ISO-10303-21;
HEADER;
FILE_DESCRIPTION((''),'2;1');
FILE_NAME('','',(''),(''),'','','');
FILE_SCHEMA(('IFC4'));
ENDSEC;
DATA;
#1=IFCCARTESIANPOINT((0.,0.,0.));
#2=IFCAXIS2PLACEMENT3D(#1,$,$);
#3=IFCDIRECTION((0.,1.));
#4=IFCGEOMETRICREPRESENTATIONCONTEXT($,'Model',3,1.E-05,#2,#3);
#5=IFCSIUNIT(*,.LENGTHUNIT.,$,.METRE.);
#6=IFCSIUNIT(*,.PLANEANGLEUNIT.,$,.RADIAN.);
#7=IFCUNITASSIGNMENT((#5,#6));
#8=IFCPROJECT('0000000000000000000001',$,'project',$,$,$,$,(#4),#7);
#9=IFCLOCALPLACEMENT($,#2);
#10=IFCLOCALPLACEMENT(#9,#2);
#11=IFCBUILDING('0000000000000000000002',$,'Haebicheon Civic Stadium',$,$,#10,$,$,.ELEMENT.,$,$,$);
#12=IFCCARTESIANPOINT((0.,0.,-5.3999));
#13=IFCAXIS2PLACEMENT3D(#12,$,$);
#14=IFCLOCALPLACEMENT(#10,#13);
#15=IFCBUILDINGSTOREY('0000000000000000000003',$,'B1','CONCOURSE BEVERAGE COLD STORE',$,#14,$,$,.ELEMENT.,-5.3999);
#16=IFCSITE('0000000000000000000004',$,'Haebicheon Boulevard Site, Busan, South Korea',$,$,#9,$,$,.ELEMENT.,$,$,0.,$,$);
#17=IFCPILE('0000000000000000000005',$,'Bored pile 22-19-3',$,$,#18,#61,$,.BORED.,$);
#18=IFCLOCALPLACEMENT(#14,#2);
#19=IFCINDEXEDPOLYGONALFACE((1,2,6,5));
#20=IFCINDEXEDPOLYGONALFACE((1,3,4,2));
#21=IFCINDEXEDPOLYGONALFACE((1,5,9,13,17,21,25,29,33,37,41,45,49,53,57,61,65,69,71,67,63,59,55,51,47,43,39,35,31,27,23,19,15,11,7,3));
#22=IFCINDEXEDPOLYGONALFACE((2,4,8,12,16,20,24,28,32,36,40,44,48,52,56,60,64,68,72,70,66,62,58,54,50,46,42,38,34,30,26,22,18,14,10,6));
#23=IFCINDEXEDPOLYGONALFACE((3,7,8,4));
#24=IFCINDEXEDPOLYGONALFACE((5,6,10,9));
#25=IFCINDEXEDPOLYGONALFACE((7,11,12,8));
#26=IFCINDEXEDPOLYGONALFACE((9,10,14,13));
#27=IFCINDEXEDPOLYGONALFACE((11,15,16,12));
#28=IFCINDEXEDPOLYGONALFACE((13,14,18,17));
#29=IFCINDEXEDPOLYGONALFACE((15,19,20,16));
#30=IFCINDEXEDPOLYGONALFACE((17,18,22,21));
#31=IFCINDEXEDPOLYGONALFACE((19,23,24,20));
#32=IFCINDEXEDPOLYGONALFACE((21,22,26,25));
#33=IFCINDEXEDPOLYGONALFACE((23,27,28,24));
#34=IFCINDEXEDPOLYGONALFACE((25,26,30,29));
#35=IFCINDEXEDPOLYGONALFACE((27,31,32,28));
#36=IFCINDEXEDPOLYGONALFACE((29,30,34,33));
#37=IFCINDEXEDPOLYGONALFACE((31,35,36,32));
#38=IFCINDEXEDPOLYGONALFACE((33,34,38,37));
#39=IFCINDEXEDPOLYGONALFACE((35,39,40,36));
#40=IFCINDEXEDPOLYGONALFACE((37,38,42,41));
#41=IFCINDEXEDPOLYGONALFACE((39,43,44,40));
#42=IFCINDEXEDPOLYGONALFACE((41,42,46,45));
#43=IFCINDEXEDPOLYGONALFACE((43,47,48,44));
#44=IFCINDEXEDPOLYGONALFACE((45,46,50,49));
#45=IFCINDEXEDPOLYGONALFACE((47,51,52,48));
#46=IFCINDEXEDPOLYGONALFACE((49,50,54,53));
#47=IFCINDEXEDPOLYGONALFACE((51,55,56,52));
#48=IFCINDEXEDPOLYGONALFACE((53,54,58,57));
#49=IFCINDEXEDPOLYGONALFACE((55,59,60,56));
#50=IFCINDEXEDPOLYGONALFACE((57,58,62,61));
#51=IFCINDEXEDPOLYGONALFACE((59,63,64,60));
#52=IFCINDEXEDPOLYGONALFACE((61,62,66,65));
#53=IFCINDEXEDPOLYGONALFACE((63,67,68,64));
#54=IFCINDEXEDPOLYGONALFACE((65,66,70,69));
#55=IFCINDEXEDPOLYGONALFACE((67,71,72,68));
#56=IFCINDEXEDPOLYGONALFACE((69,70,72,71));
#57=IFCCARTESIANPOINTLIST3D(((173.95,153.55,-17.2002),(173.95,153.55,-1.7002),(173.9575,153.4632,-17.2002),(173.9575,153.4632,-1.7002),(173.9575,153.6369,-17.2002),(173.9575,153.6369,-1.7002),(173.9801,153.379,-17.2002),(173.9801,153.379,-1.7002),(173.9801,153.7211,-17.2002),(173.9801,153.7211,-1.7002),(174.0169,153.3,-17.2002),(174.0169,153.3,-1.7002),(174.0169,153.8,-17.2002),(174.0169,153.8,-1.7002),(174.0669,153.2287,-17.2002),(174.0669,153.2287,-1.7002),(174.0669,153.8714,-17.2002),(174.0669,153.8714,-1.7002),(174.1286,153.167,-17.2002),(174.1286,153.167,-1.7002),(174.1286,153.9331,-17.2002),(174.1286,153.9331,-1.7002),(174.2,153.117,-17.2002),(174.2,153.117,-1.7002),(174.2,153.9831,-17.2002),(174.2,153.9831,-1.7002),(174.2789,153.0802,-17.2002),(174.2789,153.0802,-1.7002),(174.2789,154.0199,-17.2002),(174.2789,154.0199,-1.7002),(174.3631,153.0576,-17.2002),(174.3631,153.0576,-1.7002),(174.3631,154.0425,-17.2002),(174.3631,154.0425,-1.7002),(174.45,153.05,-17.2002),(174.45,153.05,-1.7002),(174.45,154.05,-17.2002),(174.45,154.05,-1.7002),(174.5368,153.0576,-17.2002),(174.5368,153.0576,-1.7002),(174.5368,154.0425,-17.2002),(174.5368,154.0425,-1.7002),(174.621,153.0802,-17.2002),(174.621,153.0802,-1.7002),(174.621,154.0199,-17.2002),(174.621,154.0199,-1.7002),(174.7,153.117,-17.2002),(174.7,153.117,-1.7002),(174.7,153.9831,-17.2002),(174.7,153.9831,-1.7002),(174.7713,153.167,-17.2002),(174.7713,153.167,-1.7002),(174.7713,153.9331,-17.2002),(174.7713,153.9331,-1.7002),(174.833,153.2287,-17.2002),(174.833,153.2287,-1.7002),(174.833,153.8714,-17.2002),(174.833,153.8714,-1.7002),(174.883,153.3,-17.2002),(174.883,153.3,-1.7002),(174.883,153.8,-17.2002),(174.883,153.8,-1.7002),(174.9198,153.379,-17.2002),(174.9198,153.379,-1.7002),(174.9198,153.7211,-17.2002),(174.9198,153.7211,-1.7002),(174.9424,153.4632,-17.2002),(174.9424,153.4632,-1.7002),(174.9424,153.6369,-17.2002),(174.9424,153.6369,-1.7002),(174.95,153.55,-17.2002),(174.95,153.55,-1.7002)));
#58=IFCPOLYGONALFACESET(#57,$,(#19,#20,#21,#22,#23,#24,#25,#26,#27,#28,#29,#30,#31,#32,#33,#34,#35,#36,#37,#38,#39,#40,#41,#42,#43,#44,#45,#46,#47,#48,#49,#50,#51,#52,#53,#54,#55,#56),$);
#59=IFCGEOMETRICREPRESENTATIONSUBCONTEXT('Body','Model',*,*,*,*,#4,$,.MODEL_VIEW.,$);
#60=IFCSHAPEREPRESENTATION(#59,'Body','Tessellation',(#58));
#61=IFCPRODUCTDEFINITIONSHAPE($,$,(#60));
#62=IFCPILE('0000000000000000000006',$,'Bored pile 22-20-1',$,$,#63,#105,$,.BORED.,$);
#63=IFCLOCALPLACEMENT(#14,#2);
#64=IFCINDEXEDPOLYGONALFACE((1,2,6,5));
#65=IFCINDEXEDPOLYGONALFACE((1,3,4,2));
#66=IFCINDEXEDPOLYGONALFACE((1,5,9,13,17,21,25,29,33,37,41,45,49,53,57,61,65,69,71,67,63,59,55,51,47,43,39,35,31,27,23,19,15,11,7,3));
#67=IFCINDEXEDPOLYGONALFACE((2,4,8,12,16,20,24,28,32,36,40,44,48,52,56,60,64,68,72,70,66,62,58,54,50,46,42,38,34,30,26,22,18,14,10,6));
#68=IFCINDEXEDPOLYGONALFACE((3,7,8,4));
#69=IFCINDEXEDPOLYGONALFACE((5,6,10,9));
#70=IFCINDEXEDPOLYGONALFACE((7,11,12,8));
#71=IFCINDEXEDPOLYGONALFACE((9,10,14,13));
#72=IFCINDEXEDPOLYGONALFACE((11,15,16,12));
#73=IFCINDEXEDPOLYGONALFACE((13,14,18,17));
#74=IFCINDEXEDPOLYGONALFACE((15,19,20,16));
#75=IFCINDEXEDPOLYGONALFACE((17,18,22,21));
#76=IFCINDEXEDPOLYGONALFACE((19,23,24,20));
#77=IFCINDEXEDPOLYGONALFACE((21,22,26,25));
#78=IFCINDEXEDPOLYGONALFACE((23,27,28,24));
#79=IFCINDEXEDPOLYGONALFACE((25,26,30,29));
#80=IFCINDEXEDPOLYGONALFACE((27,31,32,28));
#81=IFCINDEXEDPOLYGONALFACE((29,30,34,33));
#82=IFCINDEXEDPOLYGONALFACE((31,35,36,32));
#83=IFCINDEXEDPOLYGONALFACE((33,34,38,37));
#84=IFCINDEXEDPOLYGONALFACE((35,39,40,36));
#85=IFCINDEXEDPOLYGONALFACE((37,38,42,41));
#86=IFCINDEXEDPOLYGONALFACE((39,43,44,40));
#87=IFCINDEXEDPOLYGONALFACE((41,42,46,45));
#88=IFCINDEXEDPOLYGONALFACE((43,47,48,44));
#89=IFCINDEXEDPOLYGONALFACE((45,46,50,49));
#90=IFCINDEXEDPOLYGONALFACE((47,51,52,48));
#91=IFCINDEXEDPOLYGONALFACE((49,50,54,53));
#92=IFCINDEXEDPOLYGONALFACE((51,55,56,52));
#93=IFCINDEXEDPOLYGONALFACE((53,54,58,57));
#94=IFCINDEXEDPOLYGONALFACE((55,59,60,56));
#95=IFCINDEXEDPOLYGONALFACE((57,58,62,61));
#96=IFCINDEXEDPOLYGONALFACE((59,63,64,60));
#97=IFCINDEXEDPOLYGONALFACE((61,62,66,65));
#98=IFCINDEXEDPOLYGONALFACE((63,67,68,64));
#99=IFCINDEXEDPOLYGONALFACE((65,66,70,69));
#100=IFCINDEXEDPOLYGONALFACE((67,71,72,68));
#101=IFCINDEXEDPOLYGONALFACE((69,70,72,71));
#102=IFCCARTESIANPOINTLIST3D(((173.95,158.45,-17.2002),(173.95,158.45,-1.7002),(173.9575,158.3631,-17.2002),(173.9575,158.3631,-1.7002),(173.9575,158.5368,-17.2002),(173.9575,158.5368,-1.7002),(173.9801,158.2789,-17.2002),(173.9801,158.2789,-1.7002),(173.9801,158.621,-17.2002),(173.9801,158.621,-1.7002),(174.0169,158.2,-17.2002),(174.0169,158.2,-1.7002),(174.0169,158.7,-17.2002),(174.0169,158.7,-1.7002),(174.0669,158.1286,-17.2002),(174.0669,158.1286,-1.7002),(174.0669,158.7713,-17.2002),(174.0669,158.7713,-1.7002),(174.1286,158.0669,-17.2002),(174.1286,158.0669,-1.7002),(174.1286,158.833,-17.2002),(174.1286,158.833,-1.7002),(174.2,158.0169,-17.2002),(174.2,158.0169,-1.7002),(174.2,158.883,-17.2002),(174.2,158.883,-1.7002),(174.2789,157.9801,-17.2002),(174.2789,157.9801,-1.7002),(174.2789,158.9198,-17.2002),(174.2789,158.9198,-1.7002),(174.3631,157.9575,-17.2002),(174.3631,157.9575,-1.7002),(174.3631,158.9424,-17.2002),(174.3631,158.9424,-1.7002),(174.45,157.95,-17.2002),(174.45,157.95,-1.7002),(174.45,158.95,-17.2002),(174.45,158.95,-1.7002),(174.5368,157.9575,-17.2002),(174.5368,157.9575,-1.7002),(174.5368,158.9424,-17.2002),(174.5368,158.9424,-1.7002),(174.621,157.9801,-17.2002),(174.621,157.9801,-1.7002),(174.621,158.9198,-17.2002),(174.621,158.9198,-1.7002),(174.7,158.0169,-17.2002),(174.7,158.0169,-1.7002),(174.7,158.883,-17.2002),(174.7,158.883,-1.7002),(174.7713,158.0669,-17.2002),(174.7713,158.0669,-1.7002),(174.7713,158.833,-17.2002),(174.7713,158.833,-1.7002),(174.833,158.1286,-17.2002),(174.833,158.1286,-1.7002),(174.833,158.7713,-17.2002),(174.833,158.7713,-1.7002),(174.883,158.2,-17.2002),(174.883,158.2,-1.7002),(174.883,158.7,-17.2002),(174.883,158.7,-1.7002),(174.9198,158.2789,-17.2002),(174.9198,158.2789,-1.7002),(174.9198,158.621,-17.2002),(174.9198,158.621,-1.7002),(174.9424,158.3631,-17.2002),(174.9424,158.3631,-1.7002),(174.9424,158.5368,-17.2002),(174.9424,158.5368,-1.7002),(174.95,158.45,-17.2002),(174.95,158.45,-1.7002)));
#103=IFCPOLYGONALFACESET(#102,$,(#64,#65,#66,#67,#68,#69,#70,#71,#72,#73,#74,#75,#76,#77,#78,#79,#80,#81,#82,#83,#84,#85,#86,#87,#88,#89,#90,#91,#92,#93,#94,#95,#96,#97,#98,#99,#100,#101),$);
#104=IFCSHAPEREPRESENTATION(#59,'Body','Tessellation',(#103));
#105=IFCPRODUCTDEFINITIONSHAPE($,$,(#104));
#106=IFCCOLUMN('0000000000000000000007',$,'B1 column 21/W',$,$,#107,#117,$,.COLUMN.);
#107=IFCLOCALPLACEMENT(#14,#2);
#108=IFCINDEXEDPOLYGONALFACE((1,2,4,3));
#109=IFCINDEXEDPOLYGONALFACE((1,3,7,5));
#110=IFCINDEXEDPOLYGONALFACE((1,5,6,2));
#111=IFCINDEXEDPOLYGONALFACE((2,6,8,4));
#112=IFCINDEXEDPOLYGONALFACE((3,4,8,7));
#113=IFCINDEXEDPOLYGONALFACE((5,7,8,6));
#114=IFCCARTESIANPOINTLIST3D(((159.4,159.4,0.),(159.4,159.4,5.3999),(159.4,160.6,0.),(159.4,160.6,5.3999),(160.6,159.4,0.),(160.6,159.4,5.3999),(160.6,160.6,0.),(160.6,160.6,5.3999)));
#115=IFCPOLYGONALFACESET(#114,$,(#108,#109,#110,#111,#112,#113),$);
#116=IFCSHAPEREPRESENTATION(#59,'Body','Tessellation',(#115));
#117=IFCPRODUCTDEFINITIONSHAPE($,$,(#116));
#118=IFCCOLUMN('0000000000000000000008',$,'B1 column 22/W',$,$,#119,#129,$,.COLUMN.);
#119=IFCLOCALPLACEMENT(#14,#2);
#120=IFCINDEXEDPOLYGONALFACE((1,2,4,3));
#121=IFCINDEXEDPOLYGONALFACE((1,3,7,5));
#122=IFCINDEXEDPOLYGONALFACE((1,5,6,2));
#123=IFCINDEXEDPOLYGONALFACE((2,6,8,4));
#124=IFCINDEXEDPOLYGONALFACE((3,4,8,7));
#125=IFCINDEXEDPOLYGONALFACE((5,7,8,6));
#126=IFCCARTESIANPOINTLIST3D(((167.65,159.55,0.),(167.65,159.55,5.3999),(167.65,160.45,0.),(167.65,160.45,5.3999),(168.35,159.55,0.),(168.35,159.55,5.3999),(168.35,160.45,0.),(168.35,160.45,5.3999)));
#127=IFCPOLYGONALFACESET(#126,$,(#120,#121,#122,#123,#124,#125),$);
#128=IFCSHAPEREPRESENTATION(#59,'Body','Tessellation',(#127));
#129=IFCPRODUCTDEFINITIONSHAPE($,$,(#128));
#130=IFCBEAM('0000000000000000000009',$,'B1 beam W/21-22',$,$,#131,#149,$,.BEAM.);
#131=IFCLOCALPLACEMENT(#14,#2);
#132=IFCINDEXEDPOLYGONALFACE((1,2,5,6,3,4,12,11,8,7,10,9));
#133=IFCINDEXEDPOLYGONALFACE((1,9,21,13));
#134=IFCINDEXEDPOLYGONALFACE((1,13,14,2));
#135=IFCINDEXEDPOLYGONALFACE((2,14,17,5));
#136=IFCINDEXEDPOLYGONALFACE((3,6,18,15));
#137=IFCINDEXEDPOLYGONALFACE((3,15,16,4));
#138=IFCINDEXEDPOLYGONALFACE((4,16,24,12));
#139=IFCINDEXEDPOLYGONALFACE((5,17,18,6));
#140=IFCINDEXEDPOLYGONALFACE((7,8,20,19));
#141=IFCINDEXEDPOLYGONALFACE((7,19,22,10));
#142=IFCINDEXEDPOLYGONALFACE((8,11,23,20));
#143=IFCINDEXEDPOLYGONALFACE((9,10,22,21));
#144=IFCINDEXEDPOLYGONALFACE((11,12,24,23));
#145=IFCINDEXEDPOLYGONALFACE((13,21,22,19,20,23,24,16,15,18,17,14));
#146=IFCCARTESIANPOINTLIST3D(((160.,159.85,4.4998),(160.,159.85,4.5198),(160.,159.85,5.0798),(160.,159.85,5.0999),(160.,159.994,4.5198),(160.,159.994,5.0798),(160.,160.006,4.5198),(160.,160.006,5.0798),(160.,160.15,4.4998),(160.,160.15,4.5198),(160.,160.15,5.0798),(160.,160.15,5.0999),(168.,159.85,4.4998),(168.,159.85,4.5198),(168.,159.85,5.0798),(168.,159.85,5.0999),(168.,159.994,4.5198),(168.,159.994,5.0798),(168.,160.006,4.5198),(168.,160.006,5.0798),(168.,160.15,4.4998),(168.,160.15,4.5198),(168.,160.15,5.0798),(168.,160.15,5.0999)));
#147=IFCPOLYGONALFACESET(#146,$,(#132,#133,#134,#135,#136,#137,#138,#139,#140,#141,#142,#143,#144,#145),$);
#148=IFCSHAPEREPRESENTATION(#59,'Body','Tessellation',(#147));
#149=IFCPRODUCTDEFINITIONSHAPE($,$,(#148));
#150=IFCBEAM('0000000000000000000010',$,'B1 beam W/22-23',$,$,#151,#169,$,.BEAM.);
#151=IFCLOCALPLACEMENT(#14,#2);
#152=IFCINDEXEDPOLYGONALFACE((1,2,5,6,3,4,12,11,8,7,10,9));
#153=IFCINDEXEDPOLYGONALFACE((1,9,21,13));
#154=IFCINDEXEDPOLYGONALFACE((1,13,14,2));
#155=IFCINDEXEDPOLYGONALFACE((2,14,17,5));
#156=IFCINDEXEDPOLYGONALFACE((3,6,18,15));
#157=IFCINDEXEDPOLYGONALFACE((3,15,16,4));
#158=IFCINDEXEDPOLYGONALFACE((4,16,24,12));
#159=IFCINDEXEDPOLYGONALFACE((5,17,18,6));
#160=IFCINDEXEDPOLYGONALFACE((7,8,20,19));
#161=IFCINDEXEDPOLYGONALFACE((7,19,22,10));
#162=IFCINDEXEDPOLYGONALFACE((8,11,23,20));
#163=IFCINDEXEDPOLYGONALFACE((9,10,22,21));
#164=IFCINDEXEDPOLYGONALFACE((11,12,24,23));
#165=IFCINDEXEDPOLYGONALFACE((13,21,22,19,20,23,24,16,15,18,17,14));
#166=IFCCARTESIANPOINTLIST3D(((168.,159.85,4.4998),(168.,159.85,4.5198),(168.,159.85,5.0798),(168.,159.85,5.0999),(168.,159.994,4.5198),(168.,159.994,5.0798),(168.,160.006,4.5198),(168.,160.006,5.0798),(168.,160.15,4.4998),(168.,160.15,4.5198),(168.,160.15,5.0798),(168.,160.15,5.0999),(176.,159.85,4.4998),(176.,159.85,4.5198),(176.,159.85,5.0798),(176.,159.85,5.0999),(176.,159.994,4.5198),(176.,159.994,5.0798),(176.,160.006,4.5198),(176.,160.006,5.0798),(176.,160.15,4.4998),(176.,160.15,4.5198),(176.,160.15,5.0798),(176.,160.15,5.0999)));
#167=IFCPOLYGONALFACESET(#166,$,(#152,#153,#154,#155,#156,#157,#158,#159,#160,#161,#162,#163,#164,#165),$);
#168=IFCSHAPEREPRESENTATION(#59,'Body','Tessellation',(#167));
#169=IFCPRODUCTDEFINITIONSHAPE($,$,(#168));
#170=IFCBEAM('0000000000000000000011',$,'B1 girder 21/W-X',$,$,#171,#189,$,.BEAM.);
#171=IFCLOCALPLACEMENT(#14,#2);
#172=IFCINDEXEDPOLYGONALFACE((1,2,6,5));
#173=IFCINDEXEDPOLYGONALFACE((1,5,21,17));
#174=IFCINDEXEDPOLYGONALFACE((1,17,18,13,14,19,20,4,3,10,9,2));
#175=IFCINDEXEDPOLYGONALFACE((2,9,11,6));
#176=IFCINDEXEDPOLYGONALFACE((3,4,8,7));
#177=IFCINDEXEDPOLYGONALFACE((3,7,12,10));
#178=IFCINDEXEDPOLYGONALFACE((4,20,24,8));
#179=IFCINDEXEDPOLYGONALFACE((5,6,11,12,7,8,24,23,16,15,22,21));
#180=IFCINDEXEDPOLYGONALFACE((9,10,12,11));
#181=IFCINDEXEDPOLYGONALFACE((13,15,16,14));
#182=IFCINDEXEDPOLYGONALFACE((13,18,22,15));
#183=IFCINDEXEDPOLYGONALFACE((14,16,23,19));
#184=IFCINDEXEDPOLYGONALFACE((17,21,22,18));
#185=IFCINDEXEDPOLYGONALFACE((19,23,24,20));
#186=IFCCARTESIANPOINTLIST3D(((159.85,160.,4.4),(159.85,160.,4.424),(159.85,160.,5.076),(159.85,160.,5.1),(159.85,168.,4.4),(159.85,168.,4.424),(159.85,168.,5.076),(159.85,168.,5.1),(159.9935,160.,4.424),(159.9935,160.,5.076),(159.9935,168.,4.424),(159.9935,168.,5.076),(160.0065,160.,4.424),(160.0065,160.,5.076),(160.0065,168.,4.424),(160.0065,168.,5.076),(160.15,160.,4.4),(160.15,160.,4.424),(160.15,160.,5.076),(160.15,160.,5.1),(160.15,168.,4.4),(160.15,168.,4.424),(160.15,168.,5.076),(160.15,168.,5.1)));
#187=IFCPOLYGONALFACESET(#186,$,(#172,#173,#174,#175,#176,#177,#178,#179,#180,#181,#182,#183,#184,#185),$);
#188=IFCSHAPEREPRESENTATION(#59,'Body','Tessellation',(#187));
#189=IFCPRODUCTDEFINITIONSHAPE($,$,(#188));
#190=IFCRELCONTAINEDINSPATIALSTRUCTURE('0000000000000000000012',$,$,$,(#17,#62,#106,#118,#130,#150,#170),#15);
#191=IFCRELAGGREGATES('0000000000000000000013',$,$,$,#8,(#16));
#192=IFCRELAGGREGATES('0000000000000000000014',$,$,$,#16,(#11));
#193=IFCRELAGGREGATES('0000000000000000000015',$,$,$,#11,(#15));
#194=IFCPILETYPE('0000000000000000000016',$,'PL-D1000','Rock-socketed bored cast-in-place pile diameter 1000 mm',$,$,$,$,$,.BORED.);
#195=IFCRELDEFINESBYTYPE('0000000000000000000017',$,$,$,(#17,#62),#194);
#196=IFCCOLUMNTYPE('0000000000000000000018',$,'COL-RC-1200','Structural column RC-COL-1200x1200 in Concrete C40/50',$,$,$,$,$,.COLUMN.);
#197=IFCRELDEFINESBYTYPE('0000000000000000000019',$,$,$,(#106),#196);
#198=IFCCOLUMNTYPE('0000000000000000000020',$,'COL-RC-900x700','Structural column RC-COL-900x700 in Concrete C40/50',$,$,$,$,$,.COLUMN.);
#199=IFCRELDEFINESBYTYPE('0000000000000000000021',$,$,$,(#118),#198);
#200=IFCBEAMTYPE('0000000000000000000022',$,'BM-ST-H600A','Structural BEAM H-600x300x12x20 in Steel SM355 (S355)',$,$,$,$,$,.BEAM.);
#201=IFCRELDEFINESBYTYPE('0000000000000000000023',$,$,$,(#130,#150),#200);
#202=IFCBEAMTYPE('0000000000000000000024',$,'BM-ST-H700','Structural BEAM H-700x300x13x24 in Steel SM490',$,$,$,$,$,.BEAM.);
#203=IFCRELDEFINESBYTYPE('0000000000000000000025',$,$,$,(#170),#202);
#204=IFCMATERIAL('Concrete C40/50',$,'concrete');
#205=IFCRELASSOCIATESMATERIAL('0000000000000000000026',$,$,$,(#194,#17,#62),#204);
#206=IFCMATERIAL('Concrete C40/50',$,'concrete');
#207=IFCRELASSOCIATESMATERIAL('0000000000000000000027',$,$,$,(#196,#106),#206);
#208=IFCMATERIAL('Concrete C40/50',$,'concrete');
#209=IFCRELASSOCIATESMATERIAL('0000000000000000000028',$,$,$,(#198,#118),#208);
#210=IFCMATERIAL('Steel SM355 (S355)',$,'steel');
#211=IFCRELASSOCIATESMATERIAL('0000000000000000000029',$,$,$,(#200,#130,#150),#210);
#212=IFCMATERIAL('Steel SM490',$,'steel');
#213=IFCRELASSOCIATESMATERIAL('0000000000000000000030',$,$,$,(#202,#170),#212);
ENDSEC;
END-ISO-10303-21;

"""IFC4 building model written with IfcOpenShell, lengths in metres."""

from ifc_helpers import new_model, si_unit, direction, frame, origin, origin_2d, place, context, subcontext, project, spatial, rectangle, circle, i_section, extrude, material, material_profile, profile_set, type_object, element, save


model = new_model("IFC4")

# Units and contexts
model_context = context("Model", 3, precision=1e-05, world=origin(), true_north=direction((0.0, 1.0)))
body_context = subcontext(model_context, "Body", "Model", "MODEL_VIEW")
ifc_project = project(units=[si_unit("LENGTHUNIT", "METRE"), si_unit("PLANEANGLEUNIT", "RADIAN")], contexts=[model_context])

# Site, building, storey
site_placement = place(None, origin())
site = spatial("IfcSite", under=ifc_project, at=site_placement, Name="Haebicheon Boulevard Site, Busan, South Korea", CompositionType="ELEMENT", RefElevation=0.0)
building_placement = place(site_placement, origin())
building = spatial("IfcBuilding", under=site, at=building_placement, Name="Haebicheon Civic Stadium", CompositionType="ELEMENT")
storey_placement = place(building_placement, frame((0.0, 0.0, -5.3999)))
storey = spatial("IfcBuildingStorey", under=building, at=storey_placement, Name="B1", Description="CONCOURSE BEVERAGE COLD STORE", CompositionType="ELEMENT", Elevation=-5.3999)

# Piles
ifc_material_1 = material(Name="Concrete C40/50", Category="concrete")
ifc_material_profile_1 = material_profile(ifc_material_1, circle(Radius=0.5, at=origin_2d()), Name="PILE-D1000")
ifc_profile_set_1 = profile_set([ifc_material_profile_1], Name="Concrete C40/50")
pile_type = type_object("IfcPileType", Name="PL-D1000", Description="Rock-socketed bored cast-in-place pile diameter 1000 mm", PredefinedType="BORED", material=ifc_profile_set_1)
for number, where, z_axis, x_axis, name in (
    (1, (174.45, 153.55, -1.7002), (0.0, 0.0, -1.0), (1.0, 0.0, 0.0), "Bored pile 22-19-3"),
    (2, (174.45, 158.45, -1.7002), (0.0, 0.0, -1.0), (1.0, 0.0, 0.0), "Bored pile 22-20-1"),
):
    element("IfcPile", number, at=place(storey_placement, frame(where, z_axis=z_axis, x_axis=x_axis)), inside=storey, type_object=pile_type, material=ifc_profile_set_1, Name=name, PredefinedType="BORED", context=body_context, shape_type="SweptSolid", body=[
        extrude(circle(Radius=0.5, at=origin_2d()), origin(), (0.0, 0.0, 1.0), 15.5),
    ])

# Columns
ifc_material_2 = material(Name="Concrete C40/50", Category="concrete")
ifc_material_profile_2 = material_profile(ifc_material_2, rectangle(XDim=1.2, YDim=1.2, at=origin_2d()), Name="RC-COL-1200x1200")
ifc_profile_set_2 = profile_set([ifc_material_profile_2], Name="Concrete C40/50")
column_type_1 = type_object("IfcColumnType", Name="COL-RC-1200", Description="Structural column RC-COL-1200x1200 in Concrete C40/50", PredefinedType="COLUMN", material=ifc_profile_set_2)
column_1_placement = place(storey_placement, frame((160.0, 160.0, 0.0), z_axis=(0.0, 0.0, 1.0), x_axis=(1.0, 0.0, 0.0)))
element("IfcColumn", 3, at=column_1_placement, inside=storey, type_object=column_type_1, material=ifc_profile_set_2, Name="B1 column 21/W", PredefinedType="COLUMN", context=body_context, shape_type="SweptSolid", body=[
    extrude(rectangle(XDim=1.2, YDim=1.2, at=origin_2d()), origin(), (0.0, 0.0, 1.0), 5.3999),
])
ifc_material_3 = material(Name="Concrete C40/50", Category="concrete")
ifc_material_profile_3 = material_profile(ifc_material_3, rectangle(XDim=0.7, YDim=0.8999, at=origin_2d()), Name="RC-COL-900x700")
ifc_profile_set_3 = profile_set([ifc_material_profile_3], Name="Concrete C40/50")
column_type_2 = type_object("IfcColumnType", Name="COL-RC-900x700", Description="Structural column RC-COL-900x700 in Concrete C40/50", PredefinedType="COLUMN", material=ifc_profile_set_3)
column_2_placement = place(storey_placement, frame((168.0, 160.0, 0.0), z_axis=(0.0, 0.0, 1.0), x_axis=(1.0, 0.0, 0.0)))
element("IfcColumn", 4, at=column_2_placement, inside=storey, type_object=column_type_2, material=ifc_profile_set_3, Name="B1 column 22/W", PredefinedType="COLUMN", context=body_context, shape_type="SweptSolid", body=[
    extrude(rectangle(XDim=0.7, YDim=0.8999, at=origin_2d()), origin(), (0.0, 0.0, 1.0), 5.3999),
])

# Beams
ifc_material_4 = material(Name="Steel SM355 (S355)", Category="steel")
ifc_material_profile_4 = material_profile(ifc_material_4, i_section(OverallWidth=0.3, OverallDepth=0.6001, WebThickness=0.012, FlangeThickness=0.02, at=origin_2d()), Name="H-600x300x12x20")
ifc_profile_set_4 = profile_set([ifc_material_profile_4], Name="Steel SM355 (S355)")
beam_type_1 = type_object("IfcBeamType", Name="BM-ST-H600A", Description="Structural BEAM H-600x300x12x20 in Steel SM355 (S355)", PredefinedType="BEAM", material=ifc_profile_set_4)
for number, where, z_axis, x_axis, name in (
    (5, (160.0, 160.0, 4.7998), (1.0, 0.0, 0.0), (0.0, 1.0, 0.0), "B1 beam W/21-22"),
    (6, (168.0, 160.0, 4.7998), (1.0, 0.0, 0.0), (0.0, 1.0, 0.0), "B1 beam W/22-23"),
):
    element("IfcBeam", number, at=place(storey_placement, frame(where, z_axis=z_axis, x_axis=x_axis)), inside=storey, type_object=beam_type_1, material=ifc_profile_set_4, Name=name, PredefinedType="BEAM", context=body_context, shape_type="SweptSolid", body=[
        extrude(i_section(OverallWidth=0.3, OverallDepth=0.6001, WebThickness=0.012, FlangeThickness=0.02, at=origin_2d()), origin(), (0.0, 0.0, 1.0), 8.0),
    ])
ifc_material_5 = material(Name="Steel SM490", Category="steel")
ifc_material_profile_5 = material_profile(ifc_material_5, i_section(OverallWidth=0.3, OverallDepth=0.7, WebThickness=0.0129, FlangeThickness=0.0239, at=origin_2d()), Name="H-700x300x13x24")
ifc_profile_set_5 = profile_set([ifc_material_profile_5], Name="Steel SM490")
beam_type_2 = type_object("IfcBeamType", Name="BM-ST-H700", Description="Structural BEAM H-700x300x13x24 in Steel SM490", PredefinedType="BEAM", material=ifc_profile_set_5)
for number, where, z_axis, x_axis, name in (
    (7, (160.0, 160.0, 4.75), (0.0, 1.0, 0.0), (-1.0, 0.0, 0.0), "B1 girder 21/W-X"),
):
    element("IfcBeam", number, at=place(storey_placement, frame(where, z_axis=z_axis, x_axis=x_axis)), inside=storey, type_object=beam_type_2, material=ifc_profile_set_5, Name=name, PredefinedType="BEAM", context=body_context, shape_type="SweptSolid", body=[
        extrude(i_section(OverallWidth=0.3, OverallDepth=0.7, WebThickness=0.0129, FlangeThickness=0.0239, at=origin_2d()), origin(), (0.0, 0.0, 1.0), 8.0),
    ])

save(model, "model.ifc")
